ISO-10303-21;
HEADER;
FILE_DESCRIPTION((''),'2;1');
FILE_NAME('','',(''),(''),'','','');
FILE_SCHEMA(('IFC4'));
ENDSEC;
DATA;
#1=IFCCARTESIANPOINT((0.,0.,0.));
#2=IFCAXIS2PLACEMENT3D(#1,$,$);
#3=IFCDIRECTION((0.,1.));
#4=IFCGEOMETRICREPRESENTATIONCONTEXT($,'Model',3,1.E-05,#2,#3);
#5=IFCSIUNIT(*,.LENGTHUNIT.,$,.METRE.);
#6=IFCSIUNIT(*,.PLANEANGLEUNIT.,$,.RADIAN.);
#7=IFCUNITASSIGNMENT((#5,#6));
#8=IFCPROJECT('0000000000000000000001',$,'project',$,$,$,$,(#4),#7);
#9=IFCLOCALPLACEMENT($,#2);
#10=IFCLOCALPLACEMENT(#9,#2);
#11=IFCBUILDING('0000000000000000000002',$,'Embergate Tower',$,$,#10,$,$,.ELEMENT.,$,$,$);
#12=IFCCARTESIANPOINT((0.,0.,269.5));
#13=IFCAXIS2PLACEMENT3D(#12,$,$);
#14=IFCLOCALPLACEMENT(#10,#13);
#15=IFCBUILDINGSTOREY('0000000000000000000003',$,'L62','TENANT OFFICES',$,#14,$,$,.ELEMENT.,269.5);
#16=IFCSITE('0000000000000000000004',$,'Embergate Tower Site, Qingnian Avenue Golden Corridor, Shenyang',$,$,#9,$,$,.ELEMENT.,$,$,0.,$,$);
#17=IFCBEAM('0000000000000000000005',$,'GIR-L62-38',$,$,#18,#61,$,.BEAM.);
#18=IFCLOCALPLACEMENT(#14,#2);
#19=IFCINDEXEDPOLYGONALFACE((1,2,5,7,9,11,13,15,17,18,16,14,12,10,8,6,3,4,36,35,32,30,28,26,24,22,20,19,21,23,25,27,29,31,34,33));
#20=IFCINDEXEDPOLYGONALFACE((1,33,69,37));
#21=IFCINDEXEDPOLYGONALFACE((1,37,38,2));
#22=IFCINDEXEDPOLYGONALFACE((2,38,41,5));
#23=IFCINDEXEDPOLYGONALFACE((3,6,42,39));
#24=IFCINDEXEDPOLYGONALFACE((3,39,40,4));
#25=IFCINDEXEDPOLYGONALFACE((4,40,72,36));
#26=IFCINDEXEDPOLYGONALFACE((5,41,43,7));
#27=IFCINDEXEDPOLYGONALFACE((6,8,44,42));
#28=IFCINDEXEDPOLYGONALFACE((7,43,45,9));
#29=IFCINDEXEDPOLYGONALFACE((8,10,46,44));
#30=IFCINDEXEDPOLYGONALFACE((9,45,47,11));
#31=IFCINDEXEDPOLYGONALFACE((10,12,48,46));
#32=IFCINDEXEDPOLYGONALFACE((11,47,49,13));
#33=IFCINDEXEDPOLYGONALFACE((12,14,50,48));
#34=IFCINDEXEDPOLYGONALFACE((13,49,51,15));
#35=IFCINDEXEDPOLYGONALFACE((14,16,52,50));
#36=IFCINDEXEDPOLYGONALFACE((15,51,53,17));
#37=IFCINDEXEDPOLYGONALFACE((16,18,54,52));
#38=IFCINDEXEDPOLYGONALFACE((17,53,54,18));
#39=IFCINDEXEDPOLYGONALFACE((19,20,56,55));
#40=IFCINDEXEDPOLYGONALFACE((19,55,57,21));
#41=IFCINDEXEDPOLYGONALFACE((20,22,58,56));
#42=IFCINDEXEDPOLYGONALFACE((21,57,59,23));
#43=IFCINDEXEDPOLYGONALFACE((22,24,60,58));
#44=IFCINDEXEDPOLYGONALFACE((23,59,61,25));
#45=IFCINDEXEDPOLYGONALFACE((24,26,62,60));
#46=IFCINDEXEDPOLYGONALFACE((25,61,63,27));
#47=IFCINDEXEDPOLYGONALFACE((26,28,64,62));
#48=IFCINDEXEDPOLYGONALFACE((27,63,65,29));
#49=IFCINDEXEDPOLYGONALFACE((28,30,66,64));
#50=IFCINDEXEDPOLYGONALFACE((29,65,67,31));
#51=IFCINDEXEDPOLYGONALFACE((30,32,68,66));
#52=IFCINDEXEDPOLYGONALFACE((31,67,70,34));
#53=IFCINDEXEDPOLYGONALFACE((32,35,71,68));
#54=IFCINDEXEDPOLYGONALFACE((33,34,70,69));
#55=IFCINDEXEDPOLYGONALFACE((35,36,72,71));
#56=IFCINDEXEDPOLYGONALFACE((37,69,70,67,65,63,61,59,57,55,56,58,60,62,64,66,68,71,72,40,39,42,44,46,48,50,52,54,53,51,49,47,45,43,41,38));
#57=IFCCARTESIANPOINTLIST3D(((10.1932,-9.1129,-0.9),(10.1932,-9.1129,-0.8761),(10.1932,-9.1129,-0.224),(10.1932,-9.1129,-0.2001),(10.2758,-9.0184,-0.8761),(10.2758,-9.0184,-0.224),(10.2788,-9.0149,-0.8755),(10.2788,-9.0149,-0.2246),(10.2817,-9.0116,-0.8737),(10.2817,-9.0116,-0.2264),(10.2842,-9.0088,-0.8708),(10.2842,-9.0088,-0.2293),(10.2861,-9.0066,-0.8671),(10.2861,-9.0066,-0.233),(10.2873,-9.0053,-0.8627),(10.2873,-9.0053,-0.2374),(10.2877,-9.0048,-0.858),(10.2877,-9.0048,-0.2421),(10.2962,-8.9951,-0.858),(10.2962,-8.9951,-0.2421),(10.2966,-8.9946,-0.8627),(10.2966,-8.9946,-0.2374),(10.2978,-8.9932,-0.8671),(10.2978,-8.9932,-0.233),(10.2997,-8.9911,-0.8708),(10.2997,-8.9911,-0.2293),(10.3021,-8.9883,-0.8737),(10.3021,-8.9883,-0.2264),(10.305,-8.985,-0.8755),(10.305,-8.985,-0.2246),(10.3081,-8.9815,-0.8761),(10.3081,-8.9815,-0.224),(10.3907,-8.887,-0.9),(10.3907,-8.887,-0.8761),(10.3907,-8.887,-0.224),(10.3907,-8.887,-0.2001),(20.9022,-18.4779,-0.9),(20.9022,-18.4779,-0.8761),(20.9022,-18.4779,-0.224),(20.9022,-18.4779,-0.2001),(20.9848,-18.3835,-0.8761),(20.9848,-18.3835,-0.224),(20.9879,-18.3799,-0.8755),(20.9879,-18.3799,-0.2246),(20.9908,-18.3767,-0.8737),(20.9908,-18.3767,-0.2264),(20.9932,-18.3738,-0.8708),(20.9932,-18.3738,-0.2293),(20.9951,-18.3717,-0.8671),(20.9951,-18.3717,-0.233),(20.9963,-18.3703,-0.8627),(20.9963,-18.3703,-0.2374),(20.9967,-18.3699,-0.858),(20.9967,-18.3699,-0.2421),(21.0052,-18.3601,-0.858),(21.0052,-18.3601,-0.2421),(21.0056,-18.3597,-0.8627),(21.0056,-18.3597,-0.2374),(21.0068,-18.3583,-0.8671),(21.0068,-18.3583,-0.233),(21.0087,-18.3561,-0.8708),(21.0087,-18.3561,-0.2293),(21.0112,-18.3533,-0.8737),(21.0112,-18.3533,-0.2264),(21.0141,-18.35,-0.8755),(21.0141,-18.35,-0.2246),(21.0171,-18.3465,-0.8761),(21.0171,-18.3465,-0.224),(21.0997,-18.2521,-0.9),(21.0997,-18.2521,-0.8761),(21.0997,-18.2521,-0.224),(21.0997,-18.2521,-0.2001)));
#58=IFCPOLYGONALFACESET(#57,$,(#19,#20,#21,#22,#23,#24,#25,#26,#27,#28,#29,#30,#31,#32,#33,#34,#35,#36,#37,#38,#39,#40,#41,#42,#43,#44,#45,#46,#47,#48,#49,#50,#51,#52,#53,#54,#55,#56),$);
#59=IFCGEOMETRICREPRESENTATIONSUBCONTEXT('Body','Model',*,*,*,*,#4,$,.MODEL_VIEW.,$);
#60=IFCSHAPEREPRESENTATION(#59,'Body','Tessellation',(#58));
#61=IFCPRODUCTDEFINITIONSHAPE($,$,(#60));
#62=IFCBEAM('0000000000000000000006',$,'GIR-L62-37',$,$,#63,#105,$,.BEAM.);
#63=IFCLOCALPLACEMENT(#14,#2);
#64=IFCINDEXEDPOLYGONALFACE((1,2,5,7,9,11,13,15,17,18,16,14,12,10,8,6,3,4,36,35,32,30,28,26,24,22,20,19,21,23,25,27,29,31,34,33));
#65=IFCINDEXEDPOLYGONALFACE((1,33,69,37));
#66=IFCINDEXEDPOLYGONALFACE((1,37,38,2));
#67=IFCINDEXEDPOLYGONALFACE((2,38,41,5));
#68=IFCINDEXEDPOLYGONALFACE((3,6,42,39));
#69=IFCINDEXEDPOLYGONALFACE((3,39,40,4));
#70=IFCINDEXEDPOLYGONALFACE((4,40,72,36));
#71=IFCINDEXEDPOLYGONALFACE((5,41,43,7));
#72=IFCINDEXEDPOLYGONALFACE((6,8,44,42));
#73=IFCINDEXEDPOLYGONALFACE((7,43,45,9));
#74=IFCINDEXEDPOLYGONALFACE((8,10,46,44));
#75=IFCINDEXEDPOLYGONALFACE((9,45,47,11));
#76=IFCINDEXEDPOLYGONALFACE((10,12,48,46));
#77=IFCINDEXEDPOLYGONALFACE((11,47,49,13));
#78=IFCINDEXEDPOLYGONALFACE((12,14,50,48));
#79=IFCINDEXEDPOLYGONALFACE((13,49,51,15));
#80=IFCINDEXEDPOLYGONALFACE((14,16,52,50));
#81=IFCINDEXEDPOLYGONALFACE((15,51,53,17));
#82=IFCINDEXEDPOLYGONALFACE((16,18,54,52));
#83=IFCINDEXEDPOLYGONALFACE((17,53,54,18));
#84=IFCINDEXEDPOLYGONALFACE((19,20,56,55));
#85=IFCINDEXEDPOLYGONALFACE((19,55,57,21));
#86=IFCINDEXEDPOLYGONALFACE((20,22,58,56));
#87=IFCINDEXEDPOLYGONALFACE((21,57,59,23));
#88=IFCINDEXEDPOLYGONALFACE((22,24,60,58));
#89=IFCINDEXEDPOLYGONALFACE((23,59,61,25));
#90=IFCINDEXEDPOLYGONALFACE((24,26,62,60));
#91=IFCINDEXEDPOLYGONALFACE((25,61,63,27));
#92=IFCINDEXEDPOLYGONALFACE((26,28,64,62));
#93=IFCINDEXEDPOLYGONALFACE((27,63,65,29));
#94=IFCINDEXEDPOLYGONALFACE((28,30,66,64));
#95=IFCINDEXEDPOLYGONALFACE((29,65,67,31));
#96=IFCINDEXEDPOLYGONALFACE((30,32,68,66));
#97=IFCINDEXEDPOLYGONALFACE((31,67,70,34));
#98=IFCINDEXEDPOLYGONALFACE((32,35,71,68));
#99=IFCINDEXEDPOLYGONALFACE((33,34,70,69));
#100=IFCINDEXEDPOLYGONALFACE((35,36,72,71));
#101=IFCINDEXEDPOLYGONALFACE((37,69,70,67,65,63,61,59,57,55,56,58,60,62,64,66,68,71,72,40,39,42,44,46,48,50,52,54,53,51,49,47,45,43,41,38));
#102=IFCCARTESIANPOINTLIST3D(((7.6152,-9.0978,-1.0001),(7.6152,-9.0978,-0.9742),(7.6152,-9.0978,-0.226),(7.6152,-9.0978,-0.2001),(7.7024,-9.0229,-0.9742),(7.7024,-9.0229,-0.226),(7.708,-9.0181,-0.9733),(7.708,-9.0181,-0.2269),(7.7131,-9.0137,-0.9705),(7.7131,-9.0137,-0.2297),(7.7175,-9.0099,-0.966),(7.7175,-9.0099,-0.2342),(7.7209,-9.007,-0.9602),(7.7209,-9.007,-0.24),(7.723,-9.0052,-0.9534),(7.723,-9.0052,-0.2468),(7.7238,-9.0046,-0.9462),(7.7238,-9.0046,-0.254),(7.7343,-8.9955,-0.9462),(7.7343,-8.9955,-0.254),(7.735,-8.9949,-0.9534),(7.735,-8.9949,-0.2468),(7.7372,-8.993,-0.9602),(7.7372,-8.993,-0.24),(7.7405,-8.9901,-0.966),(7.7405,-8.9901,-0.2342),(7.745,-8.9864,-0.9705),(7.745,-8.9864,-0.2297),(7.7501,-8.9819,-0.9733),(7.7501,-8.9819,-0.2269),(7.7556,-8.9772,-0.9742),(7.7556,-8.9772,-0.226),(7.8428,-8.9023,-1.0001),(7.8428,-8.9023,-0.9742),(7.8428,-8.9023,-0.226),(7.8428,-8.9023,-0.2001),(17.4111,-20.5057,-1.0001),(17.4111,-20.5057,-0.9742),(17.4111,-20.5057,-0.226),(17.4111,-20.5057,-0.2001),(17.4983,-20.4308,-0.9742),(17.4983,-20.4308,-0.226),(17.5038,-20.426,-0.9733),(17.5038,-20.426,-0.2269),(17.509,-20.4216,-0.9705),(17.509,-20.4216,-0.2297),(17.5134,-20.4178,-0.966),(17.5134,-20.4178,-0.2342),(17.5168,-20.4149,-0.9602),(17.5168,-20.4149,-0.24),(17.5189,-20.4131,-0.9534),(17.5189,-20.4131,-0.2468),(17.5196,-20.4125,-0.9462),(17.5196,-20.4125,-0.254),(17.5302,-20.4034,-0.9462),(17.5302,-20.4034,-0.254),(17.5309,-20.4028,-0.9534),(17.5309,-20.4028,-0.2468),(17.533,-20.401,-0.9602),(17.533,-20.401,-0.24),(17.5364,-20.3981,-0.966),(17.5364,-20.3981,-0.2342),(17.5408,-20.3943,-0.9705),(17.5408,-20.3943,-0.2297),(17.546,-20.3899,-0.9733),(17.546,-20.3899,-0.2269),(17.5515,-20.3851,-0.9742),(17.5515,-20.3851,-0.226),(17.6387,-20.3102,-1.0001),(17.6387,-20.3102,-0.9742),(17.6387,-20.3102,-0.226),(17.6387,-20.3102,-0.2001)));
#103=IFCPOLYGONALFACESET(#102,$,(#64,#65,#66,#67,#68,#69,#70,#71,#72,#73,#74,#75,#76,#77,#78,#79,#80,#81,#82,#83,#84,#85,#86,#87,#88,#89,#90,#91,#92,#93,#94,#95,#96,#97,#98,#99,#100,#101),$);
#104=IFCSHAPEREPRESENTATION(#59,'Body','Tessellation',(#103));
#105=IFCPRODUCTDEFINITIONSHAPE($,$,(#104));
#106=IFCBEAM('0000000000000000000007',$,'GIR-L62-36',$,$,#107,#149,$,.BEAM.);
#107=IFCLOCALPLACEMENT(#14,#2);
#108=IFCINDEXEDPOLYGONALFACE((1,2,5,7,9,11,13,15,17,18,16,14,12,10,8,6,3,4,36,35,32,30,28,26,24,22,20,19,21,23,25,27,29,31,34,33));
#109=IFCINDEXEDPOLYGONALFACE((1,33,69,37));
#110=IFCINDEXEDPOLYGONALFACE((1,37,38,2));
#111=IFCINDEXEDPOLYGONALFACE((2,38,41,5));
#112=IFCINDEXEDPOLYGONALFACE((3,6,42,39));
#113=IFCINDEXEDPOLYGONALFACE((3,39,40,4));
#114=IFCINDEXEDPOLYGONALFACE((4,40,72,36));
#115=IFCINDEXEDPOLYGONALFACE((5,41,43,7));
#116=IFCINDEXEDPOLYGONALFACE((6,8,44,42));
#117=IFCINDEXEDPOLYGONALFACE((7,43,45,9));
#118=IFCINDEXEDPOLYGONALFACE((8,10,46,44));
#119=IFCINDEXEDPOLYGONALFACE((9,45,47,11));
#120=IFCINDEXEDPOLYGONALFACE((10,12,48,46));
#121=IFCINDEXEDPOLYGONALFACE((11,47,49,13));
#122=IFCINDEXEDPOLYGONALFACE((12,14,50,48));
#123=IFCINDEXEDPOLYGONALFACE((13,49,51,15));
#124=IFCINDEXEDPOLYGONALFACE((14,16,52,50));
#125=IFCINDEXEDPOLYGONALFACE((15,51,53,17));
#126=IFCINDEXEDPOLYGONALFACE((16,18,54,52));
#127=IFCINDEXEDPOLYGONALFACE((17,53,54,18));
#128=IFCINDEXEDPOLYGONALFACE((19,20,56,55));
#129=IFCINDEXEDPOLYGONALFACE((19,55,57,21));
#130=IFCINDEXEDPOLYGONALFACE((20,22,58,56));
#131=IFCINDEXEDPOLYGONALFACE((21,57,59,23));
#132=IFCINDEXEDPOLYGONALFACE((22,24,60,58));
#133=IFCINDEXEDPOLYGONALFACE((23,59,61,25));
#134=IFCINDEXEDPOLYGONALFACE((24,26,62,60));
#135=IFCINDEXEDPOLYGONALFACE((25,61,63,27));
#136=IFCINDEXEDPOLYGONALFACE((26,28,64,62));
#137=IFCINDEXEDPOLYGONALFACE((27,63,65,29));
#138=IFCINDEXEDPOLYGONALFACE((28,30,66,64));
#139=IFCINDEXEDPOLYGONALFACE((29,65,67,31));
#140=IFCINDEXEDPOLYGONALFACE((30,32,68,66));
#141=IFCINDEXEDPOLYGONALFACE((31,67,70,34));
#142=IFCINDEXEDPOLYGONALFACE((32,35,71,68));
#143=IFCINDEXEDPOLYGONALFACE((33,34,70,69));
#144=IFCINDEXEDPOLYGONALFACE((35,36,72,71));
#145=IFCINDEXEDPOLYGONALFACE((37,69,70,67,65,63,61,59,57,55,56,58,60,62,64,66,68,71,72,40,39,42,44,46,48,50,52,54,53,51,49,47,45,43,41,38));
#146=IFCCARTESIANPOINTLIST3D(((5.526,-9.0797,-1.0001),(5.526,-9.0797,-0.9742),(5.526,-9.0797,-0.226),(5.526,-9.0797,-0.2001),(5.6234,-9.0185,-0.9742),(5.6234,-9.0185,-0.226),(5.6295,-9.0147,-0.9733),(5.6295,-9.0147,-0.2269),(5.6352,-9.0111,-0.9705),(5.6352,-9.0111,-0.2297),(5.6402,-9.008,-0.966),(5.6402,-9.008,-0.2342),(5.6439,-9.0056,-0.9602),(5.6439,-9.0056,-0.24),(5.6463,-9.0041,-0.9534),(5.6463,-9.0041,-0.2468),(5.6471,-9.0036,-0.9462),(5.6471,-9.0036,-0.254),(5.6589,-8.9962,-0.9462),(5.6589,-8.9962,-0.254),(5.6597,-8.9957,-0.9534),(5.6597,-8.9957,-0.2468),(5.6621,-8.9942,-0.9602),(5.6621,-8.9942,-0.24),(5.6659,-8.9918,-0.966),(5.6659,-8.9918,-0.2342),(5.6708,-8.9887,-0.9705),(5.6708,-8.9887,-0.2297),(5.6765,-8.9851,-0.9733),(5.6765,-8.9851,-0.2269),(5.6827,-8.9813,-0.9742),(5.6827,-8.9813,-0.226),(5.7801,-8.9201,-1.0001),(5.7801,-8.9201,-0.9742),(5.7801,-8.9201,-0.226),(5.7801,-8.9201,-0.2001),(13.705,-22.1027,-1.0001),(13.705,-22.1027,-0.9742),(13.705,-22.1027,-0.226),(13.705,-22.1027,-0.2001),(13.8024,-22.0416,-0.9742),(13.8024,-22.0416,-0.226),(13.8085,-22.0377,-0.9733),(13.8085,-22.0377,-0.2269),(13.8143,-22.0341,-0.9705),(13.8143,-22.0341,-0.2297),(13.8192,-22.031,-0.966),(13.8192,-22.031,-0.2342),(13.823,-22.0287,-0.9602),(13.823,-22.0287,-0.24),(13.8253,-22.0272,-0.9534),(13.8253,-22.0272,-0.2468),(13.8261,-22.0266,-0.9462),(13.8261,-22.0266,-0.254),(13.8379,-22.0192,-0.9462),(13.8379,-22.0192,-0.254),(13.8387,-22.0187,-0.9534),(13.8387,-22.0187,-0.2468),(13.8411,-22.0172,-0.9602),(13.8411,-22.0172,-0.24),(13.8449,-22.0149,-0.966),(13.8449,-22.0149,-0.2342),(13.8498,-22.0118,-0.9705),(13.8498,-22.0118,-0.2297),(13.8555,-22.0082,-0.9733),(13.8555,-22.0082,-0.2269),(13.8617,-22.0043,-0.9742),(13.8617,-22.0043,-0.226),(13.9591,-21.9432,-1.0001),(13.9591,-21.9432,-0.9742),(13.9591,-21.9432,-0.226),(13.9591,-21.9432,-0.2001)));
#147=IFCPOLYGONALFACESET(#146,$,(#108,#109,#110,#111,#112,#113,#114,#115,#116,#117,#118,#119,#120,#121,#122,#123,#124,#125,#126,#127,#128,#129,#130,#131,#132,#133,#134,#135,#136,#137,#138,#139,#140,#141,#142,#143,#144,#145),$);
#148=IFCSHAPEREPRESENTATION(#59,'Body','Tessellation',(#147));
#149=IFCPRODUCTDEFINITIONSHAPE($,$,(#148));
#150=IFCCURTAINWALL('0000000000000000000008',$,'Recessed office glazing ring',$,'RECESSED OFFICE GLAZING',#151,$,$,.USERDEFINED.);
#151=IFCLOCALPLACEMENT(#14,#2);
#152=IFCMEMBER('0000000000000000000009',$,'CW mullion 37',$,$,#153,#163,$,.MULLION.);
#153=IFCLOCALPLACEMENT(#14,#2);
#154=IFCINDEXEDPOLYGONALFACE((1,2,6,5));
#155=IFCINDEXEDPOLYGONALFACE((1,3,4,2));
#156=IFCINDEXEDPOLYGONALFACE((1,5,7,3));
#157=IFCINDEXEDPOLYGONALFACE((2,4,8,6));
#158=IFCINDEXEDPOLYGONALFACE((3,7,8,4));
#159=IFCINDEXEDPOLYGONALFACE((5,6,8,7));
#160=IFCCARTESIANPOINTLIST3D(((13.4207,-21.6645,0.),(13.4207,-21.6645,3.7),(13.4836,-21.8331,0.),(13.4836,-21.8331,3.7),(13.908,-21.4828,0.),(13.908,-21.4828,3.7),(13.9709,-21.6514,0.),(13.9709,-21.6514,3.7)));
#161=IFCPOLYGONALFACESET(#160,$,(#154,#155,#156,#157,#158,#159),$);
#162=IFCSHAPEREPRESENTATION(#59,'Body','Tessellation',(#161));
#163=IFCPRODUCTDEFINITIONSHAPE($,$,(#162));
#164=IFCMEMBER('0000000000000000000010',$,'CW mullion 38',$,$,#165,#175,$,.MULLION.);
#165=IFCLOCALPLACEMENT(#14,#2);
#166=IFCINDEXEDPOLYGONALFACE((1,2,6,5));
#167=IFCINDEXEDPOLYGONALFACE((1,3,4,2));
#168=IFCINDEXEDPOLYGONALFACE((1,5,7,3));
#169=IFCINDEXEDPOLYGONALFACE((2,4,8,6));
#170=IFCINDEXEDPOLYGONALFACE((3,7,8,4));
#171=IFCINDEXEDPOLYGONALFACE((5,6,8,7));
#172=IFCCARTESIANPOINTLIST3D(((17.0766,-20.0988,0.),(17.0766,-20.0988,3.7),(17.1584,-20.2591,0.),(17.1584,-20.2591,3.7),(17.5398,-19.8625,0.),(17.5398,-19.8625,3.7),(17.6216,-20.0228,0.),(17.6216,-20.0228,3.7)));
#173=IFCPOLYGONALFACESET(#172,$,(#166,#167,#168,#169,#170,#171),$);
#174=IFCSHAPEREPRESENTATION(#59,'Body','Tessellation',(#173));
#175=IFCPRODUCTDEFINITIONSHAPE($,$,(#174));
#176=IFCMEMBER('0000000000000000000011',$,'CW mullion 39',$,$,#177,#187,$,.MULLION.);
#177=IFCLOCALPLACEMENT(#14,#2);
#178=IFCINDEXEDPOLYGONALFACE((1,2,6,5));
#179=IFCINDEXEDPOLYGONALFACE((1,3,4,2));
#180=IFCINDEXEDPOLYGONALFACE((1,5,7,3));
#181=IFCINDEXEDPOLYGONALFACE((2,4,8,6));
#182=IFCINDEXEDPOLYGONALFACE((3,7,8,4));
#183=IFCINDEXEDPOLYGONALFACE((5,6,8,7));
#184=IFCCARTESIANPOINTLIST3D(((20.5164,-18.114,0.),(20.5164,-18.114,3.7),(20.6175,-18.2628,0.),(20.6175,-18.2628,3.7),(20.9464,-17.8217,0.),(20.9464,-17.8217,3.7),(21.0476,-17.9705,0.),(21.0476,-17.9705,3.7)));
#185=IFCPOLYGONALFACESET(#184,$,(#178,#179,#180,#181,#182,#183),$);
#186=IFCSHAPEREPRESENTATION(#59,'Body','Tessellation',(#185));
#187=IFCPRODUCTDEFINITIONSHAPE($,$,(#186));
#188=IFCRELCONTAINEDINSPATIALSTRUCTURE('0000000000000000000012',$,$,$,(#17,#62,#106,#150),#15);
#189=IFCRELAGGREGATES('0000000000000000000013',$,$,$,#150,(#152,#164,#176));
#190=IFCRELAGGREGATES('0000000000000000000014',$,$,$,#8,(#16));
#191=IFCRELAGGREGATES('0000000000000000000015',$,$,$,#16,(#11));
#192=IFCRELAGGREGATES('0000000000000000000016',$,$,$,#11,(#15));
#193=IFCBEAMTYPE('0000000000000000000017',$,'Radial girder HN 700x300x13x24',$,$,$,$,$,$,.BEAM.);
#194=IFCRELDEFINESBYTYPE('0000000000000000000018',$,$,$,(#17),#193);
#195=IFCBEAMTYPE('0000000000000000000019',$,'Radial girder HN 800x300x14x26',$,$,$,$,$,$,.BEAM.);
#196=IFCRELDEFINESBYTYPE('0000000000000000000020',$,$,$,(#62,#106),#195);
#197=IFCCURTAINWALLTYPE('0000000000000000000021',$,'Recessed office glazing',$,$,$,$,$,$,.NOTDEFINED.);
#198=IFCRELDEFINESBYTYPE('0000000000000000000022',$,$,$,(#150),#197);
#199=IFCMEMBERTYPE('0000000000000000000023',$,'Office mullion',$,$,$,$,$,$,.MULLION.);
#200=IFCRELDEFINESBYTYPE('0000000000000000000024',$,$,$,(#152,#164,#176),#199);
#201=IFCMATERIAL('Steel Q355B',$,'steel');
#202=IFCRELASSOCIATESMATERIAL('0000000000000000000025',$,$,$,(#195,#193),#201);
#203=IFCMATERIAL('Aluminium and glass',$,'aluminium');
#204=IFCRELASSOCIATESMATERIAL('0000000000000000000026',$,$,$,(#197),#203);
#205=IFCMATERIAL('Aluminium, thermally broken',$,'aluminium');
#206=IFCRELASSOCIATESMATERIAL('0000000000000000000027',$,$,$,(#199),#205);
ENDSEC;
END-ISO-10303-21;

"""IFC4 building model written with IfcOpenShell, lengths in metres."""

from ifc_helpers import new_model, si_unit, direction, frame, origin, origin_2d, place, context, subcontext, project, spatial, rectangle, i_section, extrude, source, transform, mapped, material, material_profile, profile_set, type_object, element, aggregate, save


model = new_model("IFC4")

# Units and contexts
model_context = context("Model", 3, precision=1e-05, world=origin(), true_north=direction((0.0, 1.0)))
body_context = subcontext(model_context, "Body", "Model", "MODEL_VIEW")
ifc_project = project(units=[si_unit("LENGTHUNIT", "METRE"), si_unit("PLANEANGLEUNIT", "RADIAN")], contexts=[model_context])

# Site, building, storey
site_placement = place(None, origin())
site = spatial("IfcSite", under=ifc_project, at=site_placement, Name="Embergate Tower Site, Qingnian Avenue Golden Corridor, Shenyang", CompositionType="ELEMENT", RefElevation=0.0)
building_placement = place(site_placement, origin())
building = spatial("IfcBuilding", under=site, at=building_placement, Name="Embergate Tower", CompositionType="ELEMENT")
storey_placement = place(building_placement, frame((0.0, 0.0, 269.5)))
storey = spatial("IfcBuildingStorey", under=building, at=storey_placement, Name="L62", Description="TENANT OFFICES", CompositionType="ELEMENT", Elevation=269.5)

# Beams
ifc_material_1 = material(Name="Steel Q355B", Category="steel")
ifc_material_profile_1 = material_profile(ifc_material_1, i_section(OverallWidth=0.3, OverallDepth=0.8, WebThickness=0.0139, FlangeThickness=0.0259, FilletRadius=0.0281, at=origin_2d()), Name="HN 800x300x14x26")
ifc_profile_set_1 = profile_set([ifc_material_profile_1], Name="Steel Q355 grade B")
beam_type_1 = type_object("IfcBeamType", Name="Radial girder HN 800x300x14x26", PredefinedType="BEAM", material=ifc_profile_set_1)
ifc_material_profile_2 = material_profile(ifc_material_1, i_section(OverallWidth=0.3, OverallDepth=0.7, WebThickness=0.0129, FlangeThickness=0.0239, FilletRadius=0.0181, at=origin_2d()), Name="HN 700x300x13x24")
ifc_profile_set_2 = profile_set([ifc_material_profile_2], Name="Steel Q355 grade B")
beam_type_2 = type_object("IfcBeamType", Name="Radial girder HN 700x300x13x24", PredefinedType="BEAM", material=ifc_profile_set_2)
shared_shape_1 = source(origin(), body_context, "Body", "SweptSolid", [
    extrude(i_section(OverallWidth=0.3, OverallDepth=0.7, WebThickness=0.0129, FlangeThickness=0.0239, FilletRadius=0.0181, at=origin_2d()), origin(), (0.0, 0.0, 1.0), 14.2263),
])
beam_1_placement = place(storey_placement, frame((21.001, -18.365, -0.55), z_axis=(-0.752764, 0.658291, 0.0), x_axis=(-0.658291, -0.752764, 0.0)))
element("IfcBeam", 1, at=beam_1_placement, inside=storey, type_object=beam_type_2, Name="GIR-L62-38", PredefinedType="BEAM", context=body_context, shape_type="MappedRepresentation", body=[
    mapped(shared_shape_1, transform((0.0, 0.0, 0.0))),
])
shared_shape_2 = source(origin(), body_context, "Body", "SweptSolid", [
    extrude(i_section(OverallWidth=0.3, OverallDepth=0.8, WebThickness=0.0139, FlangeThickness=0.0259, FilletRadius=0.0281, at=origin_2d()), origin(), (0.0, 0.0, 1.0), 15.0366),
])
beam_2_placement = place(storey_placement, frame((17.5249, -20.408, -0.6001), z_axis=(-0.651468, 0.758676, 0.0), x_axis=(-0.758676, -0.651468, 0.0)))
element("IfcBeam", 2, at=beam_2_placement, inside=storey, type_object=beam_type_1, Name="GIR-L62-37", PredefinedType="BEAM", context=body_context, shape_type="MappedRepresentation", body=[
    mapped(shared_shape_2, transform((0.0, 0.0, 0.0))),
])
shared_shape_3 = source(origin(), body_context, "Body", "SweptSolid", [
    extrude(i_section(OverallWidth=0.3, OverallDepth=0.8, WebThickness=0.0139, FlangeThickness=0.0259, FilletRadius=0.0281, at=origin_2d()), origin(), (0.0, 0.0, 1.0), 15.3784),
])
beam_3_placement = place(storey_placement, frame((13.832, -22.0229, -0.6001), z_axis=(-0.53185, 0.846839, 0.0), x_axis=(-0.846839, -0.53185, 0.0)))
element("IfcBeam", 3, at=beam_3_placement, inside=storey, type_object=beam_type_1, Name="GIR-L62-36", PredefinedType="BEAM", context=body_context, shape_type="MappedRepresentation", body=[
    mapped(shared_shape_3, transform((0.0, 0.0, 0.0))),
])

# Curtain wall, members
ifc_material_2 = material(Name="Aluminium and glass", Category="aluminium")
curtain_wall_type = type_object("IfcCurtainWallType", Name="Recessed office glazing", PredefinedType="NOTDEFINED", material=ifc_material_2)
curtain_wall_placement = place(storey_placement, origin())
curtain_wall = element("IfcCurtainWall", 4, at=curtain_wall_placement, inside=storey, type_object=curtain_wall_type, Name="Recessed office glazing ring", ObjectType="RECESSED OFFICE GLAZING", PredefinedType="USERDEFINED")
ifc_material_3 = material(Name="Aluminium, thermally broken", Category="aluminium")
ifc_material_profile_3 = material_profile(ifc_material_3, rectangle(XDim=0.1799, YDim=0.52, at=origin_2d()), Name="AL 520x180")
ifc_profile_set_3 = profile_set([ifc_material_profile_3], Name="Aluminium, thermally broken")
member_type_1 = type_object("IfcMemberType", Name="Office mullion", PredefinedType="MULLION", material=ifc_profile_set_3)
shared_shape_4 = source(origin(), body_context, "Body", "SweptSolid", [
    extrude(rectangle(XDim=0.1799, YDim=0.52, at=origin_2d()), origin(), (0.0, 0.0, 1.0), 3.7),
])
member_1_placement = place(storey_placement, frame((13.6958, -21.658, 0.0), z_axis=(0.0, 0.0, 1.0), x_axis=(-0.349496, 0.936938, 0.0)))
member_1 = element("IfcMember", 5, at=member_1_placement, type_object=member_type_1, Name="CW mullion 37", PredefinedType="MULLION", context=body_context, shape_type="MappedRepresentation", body=[
    mapped(shared_shape_4, transform((0.0, 0.0, 0.0))),
])
member_2_placement = place(storey_placement, frame((17.3491, -20.0608, 0.0), z_axis=(0.0, 0.0, 1.0), x_axis=(-0.454504, 0.890745, 0.0)))
member_2 = element("IfcMember", 6, at=member_2_placement, type_object=member_type_1, Name="CW mullion 38", PredefinedType="MULLION", context=body_context, shape_type="MappedRepresentation", body=[
    mapped(shared_shape_4, transform((0.0, 0.0, 0.0))),
])
member_3_placement = place(storey_placement, frame((20.782, -18.0422, 0.0), z_axis=(0.0, 0.0, 1.0), x_axis=(-0.562208, 0.826996, 0.0)))
member_3 = element("IfcMember", 7, at=member_3_placement, type_object=member_type_1, Name="CW mullion 39", PredefinedType="MULLION", context=body_context, shape_type="MappedRepresentation", body=[
    mapped(shared_shape_4, transform((0.0, 0.0, 0.0))),
])
aggregate(curtain_wall, [member_1, member_2, member_3])

save(model, "model.ifc")
